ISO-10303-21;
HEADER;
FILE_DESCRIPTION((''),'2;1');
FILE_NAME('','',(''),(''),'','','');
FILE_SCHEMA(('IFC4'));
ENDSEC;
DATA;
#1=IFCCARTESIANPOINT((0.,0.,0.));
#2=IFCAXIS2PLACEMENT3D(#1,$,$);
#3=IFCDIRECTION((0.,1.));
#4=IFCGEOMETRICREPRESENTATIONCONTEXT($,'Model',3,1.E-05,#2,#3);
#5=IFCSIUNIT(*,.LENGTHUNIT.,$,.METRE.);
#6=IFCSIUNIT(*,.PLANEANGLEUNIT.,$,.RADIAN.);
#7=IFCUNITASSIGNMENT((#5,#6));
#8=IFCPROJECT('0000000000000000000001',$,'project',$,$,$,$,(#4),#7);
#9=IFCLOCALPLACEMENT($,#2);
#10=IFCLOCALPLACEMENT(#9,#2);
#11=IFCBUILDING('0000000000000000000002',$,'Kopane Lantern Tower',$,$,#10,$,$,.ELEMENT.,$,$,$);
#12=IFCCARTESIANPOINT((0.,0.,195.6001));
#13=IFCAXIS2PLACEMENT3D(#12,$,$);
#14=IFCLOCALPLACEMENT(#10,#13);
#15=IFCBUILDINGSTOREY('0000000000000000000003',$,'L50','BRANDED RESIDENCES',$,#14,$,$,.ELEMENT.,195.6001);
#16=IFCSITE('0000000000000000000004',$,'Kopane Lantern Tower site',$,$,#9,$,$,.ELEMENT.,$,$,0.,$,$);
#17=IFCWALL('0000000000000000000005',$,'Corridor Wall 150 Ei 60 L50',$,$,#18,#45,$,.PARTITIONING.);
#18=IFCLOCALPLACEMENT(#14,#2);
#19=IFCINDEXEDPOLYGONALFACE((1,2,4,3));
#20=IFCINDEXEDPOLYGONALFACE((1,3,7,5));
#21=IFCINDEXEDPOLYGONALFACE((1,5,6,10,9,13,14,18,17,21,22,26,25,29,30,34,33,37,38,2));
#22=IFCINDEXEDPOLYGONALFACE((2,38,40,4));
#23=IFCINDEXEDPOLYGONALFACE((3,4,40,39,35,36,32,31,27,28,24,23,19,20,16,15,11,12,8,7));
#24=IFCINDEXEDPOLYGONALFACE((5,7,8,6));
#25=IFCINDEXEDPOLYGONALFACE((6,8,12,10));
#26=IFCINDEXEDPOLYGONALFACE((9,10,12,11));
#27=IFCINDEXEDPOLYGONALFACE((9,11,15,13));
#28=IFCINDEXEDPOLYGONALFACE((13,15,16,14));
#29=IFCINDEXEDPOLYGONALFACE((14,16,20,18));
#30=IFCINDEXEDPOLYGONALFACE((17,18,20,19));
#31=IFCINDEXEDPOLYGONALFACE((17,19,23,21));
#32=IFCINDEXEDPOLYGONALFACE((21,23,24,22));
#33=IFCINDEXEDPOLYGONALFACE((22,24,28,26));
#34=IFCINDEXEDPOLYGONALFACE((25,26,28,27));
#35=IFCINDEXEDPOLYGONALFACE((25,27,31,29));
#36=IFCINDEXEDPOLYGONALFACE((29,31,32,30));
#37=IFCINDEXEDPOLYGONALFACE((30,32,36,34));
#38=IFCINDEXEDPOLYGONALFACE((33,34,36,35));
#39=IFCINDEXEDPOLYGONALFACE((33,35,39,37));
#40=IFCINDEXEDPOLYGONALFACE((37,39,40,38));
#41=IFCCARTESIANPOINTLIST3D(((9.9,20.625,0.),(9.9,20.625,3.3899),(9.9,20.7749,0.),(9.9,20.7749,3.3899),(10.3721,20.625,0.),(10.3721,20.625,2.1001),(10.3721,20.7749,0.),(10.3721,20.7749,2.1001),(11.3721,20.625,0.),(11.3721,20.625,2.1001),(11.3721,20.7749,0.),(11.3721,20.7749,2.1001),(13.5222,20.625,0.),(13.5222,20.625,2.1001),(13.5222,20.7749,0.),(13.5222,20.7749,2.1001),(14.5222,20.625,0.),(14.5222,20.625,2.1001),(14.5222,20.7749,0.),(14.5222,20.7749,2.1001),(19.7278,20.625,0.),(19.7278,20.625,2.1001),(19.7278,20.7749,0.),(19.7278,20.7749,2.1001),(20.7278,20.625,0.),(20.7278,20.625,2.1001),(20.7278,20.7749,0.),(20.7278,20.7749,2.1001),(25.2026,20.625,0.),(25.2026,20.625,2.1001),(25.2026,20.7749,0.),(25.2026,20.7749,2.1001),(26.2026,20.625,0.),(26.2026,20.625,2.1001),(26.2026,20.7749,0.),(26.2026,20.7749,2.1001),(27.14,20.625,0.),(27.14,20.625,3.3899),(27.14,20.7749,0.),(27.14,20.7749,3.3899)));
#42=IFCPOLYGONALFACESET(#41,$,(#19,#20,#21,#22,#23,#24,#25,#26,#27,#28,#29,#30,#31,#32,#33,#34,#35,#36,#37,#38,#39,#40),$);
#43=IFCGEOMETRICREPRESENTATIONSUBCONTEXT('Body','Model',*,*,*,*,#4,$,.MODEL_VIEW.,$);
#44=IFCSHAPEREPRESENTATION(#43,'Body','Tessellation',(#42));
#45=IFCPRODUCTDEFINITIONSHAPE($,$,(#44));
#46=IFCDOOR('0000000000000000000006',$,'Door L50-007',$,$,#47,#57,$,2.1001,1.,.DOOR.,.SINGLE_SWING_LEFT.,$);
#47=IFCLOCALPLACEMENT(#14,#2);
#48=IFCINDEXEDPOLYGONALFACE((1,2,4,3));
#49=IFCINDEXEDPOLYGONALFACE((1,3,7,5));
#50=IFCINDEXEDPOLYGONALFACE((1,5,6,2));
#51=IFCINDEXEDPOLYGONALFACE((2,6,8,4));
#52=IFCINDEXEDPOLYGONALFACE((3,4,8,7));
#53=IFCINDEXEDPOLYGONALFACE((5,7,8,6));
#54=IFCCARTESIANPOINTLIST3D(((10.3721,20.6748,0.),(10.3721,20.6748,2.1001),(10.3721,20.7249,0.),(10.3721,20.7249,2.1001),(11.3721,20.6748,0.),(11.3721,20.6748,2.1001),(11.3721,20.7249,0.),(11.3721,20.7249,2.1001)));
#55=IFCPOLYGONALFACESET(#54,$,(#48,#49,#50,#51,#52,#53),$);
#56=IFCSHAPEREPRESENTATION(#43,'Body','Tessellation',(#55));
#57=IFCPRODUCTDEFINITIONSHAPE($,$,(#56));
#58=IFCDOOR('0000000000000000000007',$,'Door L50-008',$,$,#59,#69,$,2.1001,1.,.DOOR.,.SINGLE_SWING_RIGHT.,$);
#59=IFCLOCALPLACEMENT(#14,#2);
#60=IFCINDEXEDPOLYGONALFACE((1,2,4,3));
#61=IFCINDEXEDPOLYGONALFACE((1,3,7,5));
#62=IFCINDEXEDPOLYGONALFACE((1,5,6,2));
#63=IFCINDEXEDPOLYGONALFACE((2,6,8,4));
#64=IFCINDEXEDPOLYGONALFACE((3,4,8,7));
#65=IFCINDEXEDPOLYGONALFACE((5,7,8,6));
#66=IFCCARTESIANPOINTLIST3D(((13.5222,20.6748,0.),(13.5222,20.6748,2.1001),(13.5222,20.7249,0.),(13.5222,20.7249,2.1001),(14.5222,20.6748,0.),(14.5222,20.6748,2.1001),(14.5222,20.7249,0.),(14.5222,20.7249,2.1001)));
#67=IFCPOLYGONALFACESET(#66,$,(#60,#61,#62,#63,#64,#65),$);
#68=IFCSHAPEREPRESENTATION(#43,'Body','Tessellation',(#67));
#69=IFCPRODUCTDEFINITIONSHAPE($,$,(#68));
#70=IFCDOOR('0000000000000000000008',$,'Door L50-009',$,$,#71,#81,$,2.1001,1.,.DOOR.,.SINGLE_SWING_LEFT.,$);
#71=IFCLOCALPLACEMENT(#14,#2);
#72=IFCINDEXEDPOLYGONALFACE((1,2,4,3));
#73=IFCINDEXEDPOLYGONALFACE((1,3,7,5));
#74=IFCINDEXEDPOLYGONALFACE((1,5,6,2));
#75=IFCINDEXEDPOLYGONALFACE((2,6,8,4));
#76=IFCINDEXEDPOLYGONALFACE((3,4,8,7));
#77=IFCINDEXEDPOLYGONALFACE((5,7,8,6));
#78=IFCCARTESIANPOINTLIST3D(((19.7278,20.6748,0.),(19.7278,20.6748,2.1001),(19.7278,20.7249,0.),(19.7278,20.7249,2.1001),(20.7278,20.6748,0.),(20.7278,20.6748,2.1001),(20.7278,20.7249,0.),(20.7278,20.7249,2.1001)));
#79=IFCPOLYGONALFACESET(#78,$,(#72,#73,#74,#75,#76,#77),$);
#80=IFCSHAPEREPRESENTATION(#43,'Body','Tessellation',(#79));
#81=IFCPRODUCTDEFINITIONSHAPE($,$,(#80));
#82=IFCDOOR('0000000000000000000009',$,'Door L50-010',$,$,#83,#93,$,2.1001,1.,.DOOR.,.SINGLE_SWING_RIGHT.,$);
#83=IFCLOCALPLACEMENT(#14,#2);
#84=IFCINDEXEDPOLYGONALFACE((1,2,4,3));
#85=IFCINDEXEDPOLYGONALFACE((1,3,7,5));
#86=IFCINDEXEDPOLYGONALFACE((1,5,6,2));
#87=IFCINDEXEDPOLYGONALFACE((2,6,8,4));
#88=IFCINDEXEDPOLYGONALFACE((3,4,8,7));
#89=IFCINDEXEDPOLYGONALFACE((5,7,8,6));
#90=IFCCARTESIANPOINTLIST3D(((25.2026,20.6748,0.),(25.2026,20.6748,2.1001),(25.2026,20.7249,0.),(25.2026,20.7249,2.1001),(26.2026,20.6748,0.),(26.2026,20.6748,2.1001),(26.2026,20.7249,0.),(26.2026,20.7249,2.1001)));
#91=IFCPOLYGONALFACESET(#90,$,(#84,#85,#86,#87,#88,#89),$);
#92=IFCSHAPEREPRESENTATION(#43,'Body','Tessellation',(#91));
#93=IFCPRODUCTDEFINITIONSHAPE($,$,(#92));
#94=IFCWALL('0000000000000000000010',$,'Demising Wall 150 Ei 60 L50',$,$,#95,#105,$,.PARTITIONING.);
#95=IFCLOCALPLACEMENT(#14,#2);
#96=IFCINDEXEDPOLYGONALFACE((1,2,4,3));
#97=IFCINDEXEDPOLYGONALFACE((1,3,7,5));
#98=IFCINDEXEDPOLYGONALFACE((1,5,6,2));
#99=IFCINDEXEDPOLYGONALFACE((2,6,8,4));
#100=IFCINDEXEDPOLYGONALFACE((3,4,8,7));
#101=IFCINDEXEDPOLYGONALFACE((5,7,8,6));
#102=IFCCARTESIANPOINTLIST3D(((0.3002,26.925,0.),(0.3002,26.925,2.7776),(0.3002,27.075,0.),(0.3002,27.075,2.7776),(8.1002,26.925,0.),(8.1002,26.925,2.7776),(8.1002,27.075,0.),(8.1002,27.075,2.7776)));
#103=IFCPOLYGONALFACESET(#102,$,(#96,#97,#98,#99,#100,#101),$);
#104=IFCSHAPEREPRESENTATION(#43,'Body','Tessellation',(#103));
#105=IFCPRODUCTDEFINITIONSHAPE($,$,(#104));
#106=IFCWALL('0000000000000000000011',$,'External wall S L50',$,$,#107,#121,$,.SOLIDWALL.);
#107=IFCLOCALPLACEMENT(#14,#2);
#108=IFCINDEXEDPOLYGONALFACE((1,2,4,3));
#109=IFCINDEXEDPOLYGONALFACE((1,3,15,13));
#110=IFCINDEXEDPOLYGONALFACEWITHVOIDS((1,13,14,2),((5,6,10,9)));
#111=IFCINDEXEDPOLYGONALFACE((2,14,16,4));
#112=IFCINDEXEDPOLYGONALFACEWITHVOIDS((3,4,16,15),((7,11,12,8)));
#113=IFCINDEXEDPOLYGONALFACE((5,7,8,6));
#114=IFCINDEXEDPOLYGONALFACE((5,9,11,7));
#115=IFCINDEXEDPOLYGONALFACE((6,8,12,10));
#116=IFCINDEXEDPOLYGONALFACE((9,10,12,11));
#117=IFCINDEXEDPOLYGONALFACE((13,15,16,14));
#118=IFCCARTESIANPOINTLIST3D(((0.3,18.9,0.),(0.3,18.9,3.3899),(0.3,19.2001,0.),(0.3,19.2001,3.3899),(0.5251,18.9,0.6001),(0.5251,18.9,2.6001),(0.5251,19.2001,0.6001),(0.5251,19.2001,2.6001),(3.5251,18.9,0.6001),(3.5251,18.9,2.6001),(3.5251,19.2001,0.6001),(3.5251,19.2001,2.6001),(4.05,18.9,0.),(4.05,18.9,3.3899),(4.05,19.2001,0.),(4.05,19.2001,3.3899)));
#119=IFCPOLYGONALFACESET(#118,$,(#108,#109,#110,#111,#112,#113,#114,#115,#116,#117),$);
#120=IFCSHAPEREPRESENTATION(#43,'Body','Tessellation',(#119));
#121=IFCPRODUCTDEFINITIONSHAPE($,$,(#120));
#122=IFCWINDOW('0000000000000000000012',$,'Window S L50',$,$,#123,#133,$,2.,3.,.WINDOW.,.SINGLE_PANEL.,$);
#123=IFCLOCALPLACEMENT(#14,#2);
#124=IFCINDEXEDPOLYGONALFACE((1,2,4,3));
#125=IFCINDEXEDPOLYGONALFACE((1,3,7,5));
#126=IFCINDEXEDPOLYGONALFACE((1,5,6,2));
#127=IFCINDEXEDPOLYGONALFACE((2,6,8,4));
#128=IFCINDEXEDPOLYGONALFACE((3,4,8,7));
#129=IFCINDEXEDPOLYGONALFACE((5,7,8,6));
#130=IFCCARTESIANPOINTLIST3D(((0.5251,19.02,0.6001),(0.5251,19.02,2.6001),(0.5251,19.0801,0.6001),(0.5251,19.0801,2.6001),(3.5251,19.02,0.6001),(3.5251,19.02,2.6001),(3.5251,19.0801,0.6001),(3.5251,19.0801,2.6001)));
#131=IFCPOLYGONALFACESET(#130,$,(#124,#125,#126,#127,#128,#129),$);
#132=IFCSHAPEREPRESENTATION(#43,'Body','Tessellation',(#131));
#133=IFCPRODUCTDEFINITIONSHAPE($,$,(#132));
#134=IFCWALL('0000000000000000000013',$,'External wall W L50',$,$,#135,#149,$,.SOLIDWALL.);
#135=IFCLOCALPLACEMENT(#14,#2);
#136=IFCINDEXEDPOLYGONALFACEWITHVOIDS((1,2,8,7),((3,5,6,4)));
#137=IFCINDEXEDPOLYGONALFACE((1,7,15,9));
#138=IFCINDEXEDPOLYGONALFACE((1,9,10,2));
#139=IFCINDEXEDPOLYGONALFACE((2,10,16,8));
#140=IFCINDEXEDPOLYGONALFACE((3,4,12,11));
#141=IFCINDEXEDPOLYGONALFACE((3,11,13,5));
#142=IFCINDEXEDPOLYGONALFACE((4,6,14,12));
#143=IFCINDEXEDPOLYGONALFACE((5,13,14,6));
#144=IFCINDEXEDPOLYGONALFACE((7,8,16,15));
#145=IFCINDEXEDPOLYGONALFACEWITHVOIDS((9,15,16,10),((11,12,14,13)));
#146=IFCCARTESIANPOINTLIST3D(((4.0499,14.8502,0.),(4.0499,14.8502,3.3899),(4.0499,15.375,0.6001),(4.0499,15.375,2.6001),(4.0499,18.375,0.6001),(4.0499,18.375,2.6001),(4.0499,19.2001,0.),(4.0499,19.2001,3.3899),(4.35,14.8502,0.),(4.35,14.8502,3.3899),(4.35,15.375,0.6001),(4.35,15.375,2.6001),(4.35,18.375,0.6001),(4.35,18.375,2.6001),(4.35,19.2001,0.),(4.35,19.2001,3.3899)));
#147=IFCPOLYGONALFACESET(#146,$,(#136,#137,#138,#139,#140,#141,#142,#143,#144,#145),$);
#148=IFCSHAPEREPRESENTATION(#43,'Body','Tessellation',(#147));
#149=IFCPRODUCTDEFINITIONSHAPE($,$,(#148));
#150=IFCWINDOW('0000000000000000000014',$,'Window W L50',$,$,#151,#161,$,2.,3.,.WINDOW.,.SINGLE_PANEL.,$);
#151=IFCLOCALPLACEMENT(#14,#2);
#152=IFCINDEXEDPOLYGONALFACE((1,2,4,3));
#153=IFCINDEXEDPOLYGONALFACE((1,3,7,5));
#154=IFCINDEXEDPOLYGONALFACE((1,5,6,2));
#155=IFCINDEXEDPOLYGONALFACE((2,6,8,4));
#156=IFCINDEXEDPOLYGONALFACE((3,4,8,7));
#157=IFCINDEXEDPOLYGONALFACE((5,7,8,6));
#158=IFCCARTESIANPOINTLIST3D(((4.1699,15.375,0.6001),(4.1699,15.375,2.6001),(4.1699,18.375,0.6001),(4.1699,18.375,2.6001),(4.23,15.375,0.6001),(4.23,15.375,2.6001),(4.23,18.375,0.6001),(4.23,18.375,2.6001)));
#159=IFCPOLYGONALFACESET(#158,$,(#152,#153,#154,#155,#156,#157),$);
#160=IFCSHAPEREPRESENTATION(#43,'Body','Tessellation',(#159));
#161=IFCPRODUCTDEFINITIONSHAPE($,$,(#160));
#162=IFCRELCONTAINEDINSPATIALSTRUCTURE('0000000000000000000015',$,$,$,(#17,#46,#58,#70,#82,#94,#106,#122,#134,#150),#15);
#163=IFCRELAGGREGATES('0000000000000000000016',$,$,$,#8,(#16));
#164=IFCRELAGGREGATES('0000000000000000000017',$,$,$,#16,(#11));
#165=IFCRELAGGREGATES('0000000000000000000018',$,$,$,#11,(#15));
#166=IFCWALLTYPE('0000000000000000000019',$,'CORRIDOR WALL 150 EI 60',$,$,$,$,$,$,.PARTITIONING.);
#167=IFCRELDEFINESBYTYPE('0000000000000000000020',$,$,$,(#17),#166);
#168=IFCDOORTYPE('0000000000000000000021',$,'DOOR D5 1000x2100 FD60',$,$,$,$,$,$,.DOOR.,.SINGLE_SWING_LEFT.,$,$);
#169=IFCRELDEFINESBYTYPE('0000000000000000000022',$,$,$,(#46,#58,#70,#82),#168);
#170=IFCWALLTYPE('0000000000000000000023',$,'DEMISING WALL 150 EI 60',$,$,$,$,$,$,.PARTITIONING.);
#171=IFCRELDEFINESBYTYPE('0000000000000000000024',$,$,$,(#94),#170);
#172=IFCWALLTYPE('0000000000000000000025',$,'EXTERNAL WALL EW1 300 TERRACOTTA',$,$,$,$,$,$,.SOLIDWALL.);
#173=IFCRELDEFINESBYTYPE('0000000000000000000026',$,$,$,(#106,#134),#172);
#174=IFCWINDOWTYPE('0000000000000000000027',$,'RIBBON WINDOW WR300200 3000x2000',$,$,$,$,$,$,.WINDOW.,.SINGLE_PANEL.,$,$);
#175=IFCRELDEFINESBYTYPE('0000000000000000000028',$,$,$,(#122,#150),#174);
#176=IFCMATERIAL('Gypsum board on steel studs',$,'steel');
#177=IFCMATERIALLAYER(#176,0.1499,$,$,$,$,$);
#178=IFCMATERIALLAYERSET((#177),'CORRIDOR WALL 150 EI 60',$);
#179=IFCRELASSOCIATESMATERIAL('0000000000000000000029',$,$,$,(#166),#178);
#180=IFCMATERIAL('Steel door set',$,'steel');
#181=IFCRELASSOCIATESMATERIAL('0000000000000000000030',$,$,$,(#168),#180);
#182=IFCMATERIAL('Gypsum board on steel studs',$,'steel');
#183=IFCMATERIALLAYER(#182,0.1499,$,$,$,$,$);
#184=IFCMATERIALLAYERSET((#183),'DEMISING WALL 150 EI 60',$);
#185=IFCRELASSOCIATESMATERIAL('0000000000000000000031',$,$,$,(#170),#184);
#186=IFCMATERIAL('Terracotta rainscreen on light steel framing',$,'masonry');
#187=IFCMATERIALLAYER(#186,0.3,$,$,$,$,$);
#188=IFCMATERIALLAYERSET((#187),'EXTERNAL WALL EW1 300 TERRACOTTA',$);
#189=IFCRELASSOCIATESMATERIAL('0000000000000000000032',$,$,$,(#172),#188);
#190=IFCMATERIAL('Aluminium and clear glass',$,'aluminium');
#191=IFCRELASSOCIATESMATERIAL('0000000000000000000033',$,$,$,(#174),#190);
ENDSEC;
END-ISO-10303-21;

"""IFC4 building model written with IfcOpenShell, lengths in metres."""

from ifc_helpers import new_model, si_unit, direction, frame, frame_2d, origin, place, context, subcontext, project, spatial, rectangle, extrude, material, layer, layer_set, type_object, element, fill, save


model = new_model("IFC4")

# Units and contexts
model_context = context("Model", 3, precision=1e-05, world=origin(), true_north=direction((0.0, 1.0)))
body_context = subcontext(model_context, "Body", "Model", "MODEL_VIEW")
ifc_project = project(units=[si_unit("LENGTHUNIT", "METRE"), si_unit("PLANEANGLEUNIT", "RADIAN")], contexts=[model_context])

# Site, building, storey
site_placement = place(None, origin())
site = spatial("IfcSite", under=ifc_project, at=site_placement, Name="Kopane Lantern Tower site", CompositionType="ELEMENT", RefElevation=0.0)
building_placement = place(site_placement, origin())
building = spatial("IfcBuilding", under=site, at=building_placement, Name="Kopane Lantern Tower", CompositionType="ELEMENT")
storey_placement = place(building_placement, frame((0.0, 0.0, 195.6001)))
storey = spatial("IfcBuildingStorey", under=building, at=storey_placement, Name="L50", Description="BRANDED RESIDENCES", CompositionType="ELEMENT", Elevation=195.6001)

# Wall, openings, doors
ifc_material_1 = material(Name="Gypsum board on steel studs", Category="steel")
ifc_layer_1 = layer(ifc_material_1, 0.1499)
ifc_layer_set_1 = layer_set([ifc_layer_1], Name="CORRIDOR WALL 150 EI 60")
wall_type_1 = type_object("IfcWallType", Name="CORRIDOR WALL 150 EI 60", PredefinedType="PARTITIONING", material=ifc_layer_set_1)
wall_1_placement = place(storey_placement, frame((9.8999, 20.7, 0.0), z_axis=(0.0, 0.0, 1.0), x_axis=(1.0, 0.0, 0.0)))
wall_1 = element("IfcWall", 1, at=wall_1_placement, inside=storey, type_object=wall_type_1, Name="Corridor Wall 150 Ei 60 L50", PredefinedType="PARTITIONING", context=body_context, shape_type="SweptSolid", body=[
    extrude(rectangle(XDim=17.24, YDim=0.1499, at=frame_2d((8.6201, 0.0))), origin(), (0.0, 0.0, 1.0), 3.3899),
])
opening_1_placement = place(wall_1_placement, frame((0.4722, 0.0, 0.0)))
opening_1 = element("IfcOpeningElement", 2, at=opening_1_placement, cuts=wall_1, PredefinedType="OPENING", context=body_context, shape_type="SweptSolid", body=[
    extrude(rectangle(XDim=1.0, YDim=2.1001, at=frame_2d((0.5, 1.05))), frame((0.0, 0.085, 0.0), z_axis=(0.0, -1.0, 0.0), x_axis=(1.0, 0.0, 0.0)), (0.0, 0.0, 1.0), 0.1699),
])
opening_2_placement = place(wall_1_placement, frame((3.6223, 0.0, 0.0)))
opening_2 = element("IfcOpeningElement", 3, at=opening_2_placement, cuts=wall_1, PredefinedType="OPENING", context=body_context, shape_type="SweptSolid", body=[
    extrude(rectangle(XDim=1.0, YDim=2.1001, at=frame_2d((0.5, 1.05))), frame((0.0, 0.085, 0.0), z_axis=(0.0, -1.0, 0.0), x_axis=(1.0, 0.0, 0.0)), (0.0, 0.0, 1.0), 0.1699),
])
opening_3_placement = place(wall_1_placement, frame((9.8279, 0.0, 0.0)))
opening_3 = element("IfcOpeningElement", 4, at=opening_3_placement, cuts=wall_1, PredefinedType="OPENING", context=body_context, shape_type="SweptSolid", body=[
    extrude(rectangle(XDim=1.0, YDim=2.1001, at=frame_2d((0.5, 1.05))), frame((0.0, 0.085, 0.0), z_axis=(0.0, -1.0, 0.0), x_axis=(1.0, 0.0, 0.0)), (0.0, 0.0, 1.0), 0.1699),
])
opening_4_placement = place(wall_1_placement, frame((15.3027, 0.0, 0.0)))
opening_4 = element("IfcOpeningElement", 5, at=opening_4_placement, cuts=wall_1, PredefinedType="OPENING", context=body_context, shape_type="SweptSolid", body=[
    extrude(rectangle(XDim=1.0, YDim=2.1001, at=frame_2d((0.5, 1.05))), frame((0.0, 0.085, 0.0), z_axis=(0.0, -1.0, 0.0), x_axis=(1.0, 0.0, 0.0)), (0.0, 0.0, 1.0), 0.1699),
])
ifc_material_2 = material(Name="Steel door set", Category="steel")
door_type_1 = type_object("IfcDoorType", Name="DOOR D5 1000x2100 FD60", OperationType="SINGLE_SWING_LEFT", PredefinedType="DOOR", material=ifc_material_2)
door_1_placement = place(opening_1_placement, origin())
door_1 = element("IfcDoor", 6, at=door_1_placement, inside=storey, type_object=door_type_1, Name="Door L50-007", OperationType="SINGLE_SWING_LEFT", OverallHeight=2.1001, OverallWidth=1.0, PredefinedType="DOOR", context=body_context, shape_type="SweptSolid", body=[
    extrude(rectangle(XDim=1.0, YDim=2.1001, at=frame_2d((0.5, 1.05))), frame((0.0, 0.0249, 0.0), z_axis=(0.0, -1.0, 0.0), x_axis=(1.0, 0.0, 0.0)), (0.0, 0.0, 1.0), 0.05),
])
fill(opening_1, door_1)
door_2_placement = place(opening_2_placement, origin())
door_2 = element("IfcDoor", 7, at=door_2_placement, inside=storey, type_object=door_type_1, Name="Door L50-008", OperationType="SINGLE_SWING_RIGHT", OverallHeight=2.1001, OverallWidth=1.0, PredefinedType="DOOR", context=body_context, shape_type="SweptSolid", body=[
    extrude(rectangle(XDim=1.0, YDim=2.1001, at=frame_2d((0.5, 1.05))), frame((0.0, 0.0249, 0.0), z_axis=(0.0, -1.0, 0.0), x_axis=(1.0, 0.0, 0.0)), (0.0, 0.0, 1.0), 0.05),
])
fill(opening_2, door_2)
door_3_placement = place(opening_3_placement, origin())
door_3 = element("IfcDoor", 8, at=door_3_placement, inside=storey, type_object=door_type_1, Name="Door L50-009", OperationType="SINGLE_SWING_LEFT", OverallHeight=2.1001, OverallWidth=1.0, PredefinedType="DOOR", context=body_context, shape_type="SweptSolid", body=[
    extrude(rectangle(XDim=1.0, YDim=2.1001, at=frame_2d((0.5, 1.05))), frame((0.0, 0.0249, 0.0), z_axis=(0.0, -1.0, 0.0), x_axis=(1.0, 0.0, 0.0)), (0.0, 0.0, 1.0), 0.05),
])
fill(opening_3, door_3)
door_4_placement = place(opening_4_placement, origin())
door_4 = element("IfcDoor", 9, at=door_4_placement, inside=storey, type_object=door_type_1, Name="Door L50-010", OperationType="SINGLE_SWING_RIGHT", OverallHeight=2.1001, OverallWidth=1.0, PredefinedType="DOOR", context=body_context, shape_type="SweptSolid", body=[
    extrude(rectangle(XDim=1.0, YDim=2.1001, at=frame_2d((0.5, 1.05))), frame((0.0, 0.0249, 0.0), z_axis=(0.0, -1.0, 0.0), x_axis=(1.0, 0.0, 0.0)), (0.0, 0.0, 1.0), 0.05),
])
fill(opening_4, door_4)

# Wall
ifc_material_3 = material(Name="Gypsum board on steel studs", Category="steel")
ifc_layer_2 = layer(ifc_material_3, 0.1499)
ifc_layer_set_2 = layer_set([ifc_layer_2], Name="DEMISING WALL 150 EI 60")
wall_type_2 = type_object("IfcWallType", Name="DEMISING WALL 150 EI 60", PredefinedType="PARTITIONING", material=ifc_layer_set_2)
wall_2_placement = place(storey_placement, frame((8.1001, 27.0, 0.0), z_axis=(0.0, 0.0, 1.0), x_axis=(-1.0, 0.0, 0.0)))
element("IfcWall", 10, at=wall_2_placement, inside=storey, type_object=wall_type_2, Name="Demising Wall 150 Ei 60 L50", PredefinedType="PARTITIONING", context=body_context, shape_type="SweptSolid", body=[
    extrude(rectangle(XDim=7.8, YDim=0.1499, at=frame_2d((3.8999, 0.0))), origin(), (0.0, 0.0, 1.0), 2.7776),
])

# Walls, openings, windows
ifc_material_4 = material(Name="Terracotta rainscreen on light steel framing", Category="masonry")
ifc_layer_3 = layer(ifc_material_4, 0.3)
ifc_layer_set_3 = layer_set([ifc_layer_3], Name="EXTERNAL WALL EW1 300 TERRACOTTA")
wall_type_3 = type_object("IfcWallType", Name="EXTERNAL WALL EW1 300 TERRACOTTA", PredefinedType="SOLIDWALL", material=ifc_layer_set_3)
wall_3_placement = place(storey_placement, frame((0.3, 19.05, 0.0), z_axis=(0.0, 0.0, 1.0), x_axis=(1.0, 0.0, 0.0)))
wall_3 = element("IfcWall", 11, at=wall_3_placement, inside=storey, type_object=wall_type_3, Name="External wall S L50", PredefinedType="SOLIDWALL", context=body_context, shape_type="SweptSolid", body=[
    extrude(rectangle(XDim=3.75, YDim=0.3, at=frame_2d((1.875, 0.0))), origin(), (0.0, 0.0, 1.0), 3.3899),
])
opening_5_placement = place(wall_3_placement, frame((0.2251, 0.0, 0.6001)))
opening_5 = element("IfcOpeningElement", 12, at=opening_5_placement, cuts=wall_3, PredefinedType="OPENING", context=body_context, shape_type="SweptSolid", body=[
    extrude(rectangle(XDim=3.0, YDim=2.0, at=frame_2d((1.5, 1.0))), frame((0.0, 0.1599, 0.0), z_axis=(0.0, -1.0, 0.0), x_axis=(1.0, 0.0, 0.0)), (0.0, 0.0, 1.0), 0.3201),
])
ifc_material_5 = material(Name="Aluminium and clear glass", Category="aluminium")
window_type = type_object("IfcWindowType", Name="RIBBON WINDOW WR300200 3000x2000", PartitioningType="SINGLE_PANEL", PredefinedType="WINDOW", material=ifc_material_5)
window_1_placement = place(opening_5_placement, origin())
window_1 = element("IfcWindow", 13, at=window_1_placement, inside=storey, type_object=window_type, Name="Window S L50", OverallHeight=2.0, OverallWidth=3.0, PartitioningType="SINGLE_PANEL", PredefinedType="WINDOW", context=body_context, shape_type="SweptSolid", body=[
    extrude(rectangle(XDim=3.0, YDim=2.0, at=frame_2d((1.5, 1.0))), frame((0.0, 0.03, 0.0), z_axis=(0.0, -1.0, 0.0), x_axis=(1.0, 0.0, 0.0)), (0.0, 0.0, 1.0), 0.0601),
])
fill(opening_5, window_1)
wall_4_placement = place(storey_placement, frame((4.2, 19.2, 0.0), z_axis=(0.0, 0.0, 1.0), x_axis=(0.0, -1.0, 0.0)))
wall_4 = element("IfcWall", 14, at=wall_4_placement, inside=storey, type_object=wall_type_3, Name="External wall W L50", PredefinedType="SOLIDWALL", context=body_context, shape_type="SweptSolid", body=[
    extrude(rectangle(XDim=4.3499, YDim=0.3, at=frame_2d((2.1748, 0.0))), origin(), (0.0, 0.0, 1.0), 3.3899),
])
opening_6_placement = place(wall_4_placement, frame((0.825, 0.0, 0.6001)))
opening_6 = element("IfcOpeningElement", 15, at=opening_6_placement, cuts=wall_4, PredefinedType="OPENING", context=body_context, shape_type="SweptSolid", body=[
    extrude(rectangle(XDim=3.0, YDim=2.0, at=frame_2d((1.5, 1.0))), frame((0.0, 0.1599, 0.0), z_axis=(0.0, -1.0, 0.0), x_axis=(1.0, 0.0, 0.0)), (0.0, 0.0, 1.0), 0.3201),
])
window_2_placement = place(opening_6_placement, origin())
window_2 = element("IfcWindow", 16, at=window_2_placement, inside=storey, type_object=window_type, Name="Window W L50", OverallHeight=2.0, OverallWidth=3.0, PartitioningType="SINGLE_PANEL", PredefinedType="WINDOW", context=body_context, shape_type="SweptSolid", body=[
    extrude(rectangle(XDim=3.0, YDim=2.0, at=frame_2d((1.5, 1.0))), frame((0.0, 0.03, 0.0), z_axis=(0.0, -1.0, 0.0), x_axis=(1.0, 0.0, 0.0)), (0.0, 0.0, 1.0), 0.0601),
])
fill(opening_6, window_2)

save(model, "model.ifc")
